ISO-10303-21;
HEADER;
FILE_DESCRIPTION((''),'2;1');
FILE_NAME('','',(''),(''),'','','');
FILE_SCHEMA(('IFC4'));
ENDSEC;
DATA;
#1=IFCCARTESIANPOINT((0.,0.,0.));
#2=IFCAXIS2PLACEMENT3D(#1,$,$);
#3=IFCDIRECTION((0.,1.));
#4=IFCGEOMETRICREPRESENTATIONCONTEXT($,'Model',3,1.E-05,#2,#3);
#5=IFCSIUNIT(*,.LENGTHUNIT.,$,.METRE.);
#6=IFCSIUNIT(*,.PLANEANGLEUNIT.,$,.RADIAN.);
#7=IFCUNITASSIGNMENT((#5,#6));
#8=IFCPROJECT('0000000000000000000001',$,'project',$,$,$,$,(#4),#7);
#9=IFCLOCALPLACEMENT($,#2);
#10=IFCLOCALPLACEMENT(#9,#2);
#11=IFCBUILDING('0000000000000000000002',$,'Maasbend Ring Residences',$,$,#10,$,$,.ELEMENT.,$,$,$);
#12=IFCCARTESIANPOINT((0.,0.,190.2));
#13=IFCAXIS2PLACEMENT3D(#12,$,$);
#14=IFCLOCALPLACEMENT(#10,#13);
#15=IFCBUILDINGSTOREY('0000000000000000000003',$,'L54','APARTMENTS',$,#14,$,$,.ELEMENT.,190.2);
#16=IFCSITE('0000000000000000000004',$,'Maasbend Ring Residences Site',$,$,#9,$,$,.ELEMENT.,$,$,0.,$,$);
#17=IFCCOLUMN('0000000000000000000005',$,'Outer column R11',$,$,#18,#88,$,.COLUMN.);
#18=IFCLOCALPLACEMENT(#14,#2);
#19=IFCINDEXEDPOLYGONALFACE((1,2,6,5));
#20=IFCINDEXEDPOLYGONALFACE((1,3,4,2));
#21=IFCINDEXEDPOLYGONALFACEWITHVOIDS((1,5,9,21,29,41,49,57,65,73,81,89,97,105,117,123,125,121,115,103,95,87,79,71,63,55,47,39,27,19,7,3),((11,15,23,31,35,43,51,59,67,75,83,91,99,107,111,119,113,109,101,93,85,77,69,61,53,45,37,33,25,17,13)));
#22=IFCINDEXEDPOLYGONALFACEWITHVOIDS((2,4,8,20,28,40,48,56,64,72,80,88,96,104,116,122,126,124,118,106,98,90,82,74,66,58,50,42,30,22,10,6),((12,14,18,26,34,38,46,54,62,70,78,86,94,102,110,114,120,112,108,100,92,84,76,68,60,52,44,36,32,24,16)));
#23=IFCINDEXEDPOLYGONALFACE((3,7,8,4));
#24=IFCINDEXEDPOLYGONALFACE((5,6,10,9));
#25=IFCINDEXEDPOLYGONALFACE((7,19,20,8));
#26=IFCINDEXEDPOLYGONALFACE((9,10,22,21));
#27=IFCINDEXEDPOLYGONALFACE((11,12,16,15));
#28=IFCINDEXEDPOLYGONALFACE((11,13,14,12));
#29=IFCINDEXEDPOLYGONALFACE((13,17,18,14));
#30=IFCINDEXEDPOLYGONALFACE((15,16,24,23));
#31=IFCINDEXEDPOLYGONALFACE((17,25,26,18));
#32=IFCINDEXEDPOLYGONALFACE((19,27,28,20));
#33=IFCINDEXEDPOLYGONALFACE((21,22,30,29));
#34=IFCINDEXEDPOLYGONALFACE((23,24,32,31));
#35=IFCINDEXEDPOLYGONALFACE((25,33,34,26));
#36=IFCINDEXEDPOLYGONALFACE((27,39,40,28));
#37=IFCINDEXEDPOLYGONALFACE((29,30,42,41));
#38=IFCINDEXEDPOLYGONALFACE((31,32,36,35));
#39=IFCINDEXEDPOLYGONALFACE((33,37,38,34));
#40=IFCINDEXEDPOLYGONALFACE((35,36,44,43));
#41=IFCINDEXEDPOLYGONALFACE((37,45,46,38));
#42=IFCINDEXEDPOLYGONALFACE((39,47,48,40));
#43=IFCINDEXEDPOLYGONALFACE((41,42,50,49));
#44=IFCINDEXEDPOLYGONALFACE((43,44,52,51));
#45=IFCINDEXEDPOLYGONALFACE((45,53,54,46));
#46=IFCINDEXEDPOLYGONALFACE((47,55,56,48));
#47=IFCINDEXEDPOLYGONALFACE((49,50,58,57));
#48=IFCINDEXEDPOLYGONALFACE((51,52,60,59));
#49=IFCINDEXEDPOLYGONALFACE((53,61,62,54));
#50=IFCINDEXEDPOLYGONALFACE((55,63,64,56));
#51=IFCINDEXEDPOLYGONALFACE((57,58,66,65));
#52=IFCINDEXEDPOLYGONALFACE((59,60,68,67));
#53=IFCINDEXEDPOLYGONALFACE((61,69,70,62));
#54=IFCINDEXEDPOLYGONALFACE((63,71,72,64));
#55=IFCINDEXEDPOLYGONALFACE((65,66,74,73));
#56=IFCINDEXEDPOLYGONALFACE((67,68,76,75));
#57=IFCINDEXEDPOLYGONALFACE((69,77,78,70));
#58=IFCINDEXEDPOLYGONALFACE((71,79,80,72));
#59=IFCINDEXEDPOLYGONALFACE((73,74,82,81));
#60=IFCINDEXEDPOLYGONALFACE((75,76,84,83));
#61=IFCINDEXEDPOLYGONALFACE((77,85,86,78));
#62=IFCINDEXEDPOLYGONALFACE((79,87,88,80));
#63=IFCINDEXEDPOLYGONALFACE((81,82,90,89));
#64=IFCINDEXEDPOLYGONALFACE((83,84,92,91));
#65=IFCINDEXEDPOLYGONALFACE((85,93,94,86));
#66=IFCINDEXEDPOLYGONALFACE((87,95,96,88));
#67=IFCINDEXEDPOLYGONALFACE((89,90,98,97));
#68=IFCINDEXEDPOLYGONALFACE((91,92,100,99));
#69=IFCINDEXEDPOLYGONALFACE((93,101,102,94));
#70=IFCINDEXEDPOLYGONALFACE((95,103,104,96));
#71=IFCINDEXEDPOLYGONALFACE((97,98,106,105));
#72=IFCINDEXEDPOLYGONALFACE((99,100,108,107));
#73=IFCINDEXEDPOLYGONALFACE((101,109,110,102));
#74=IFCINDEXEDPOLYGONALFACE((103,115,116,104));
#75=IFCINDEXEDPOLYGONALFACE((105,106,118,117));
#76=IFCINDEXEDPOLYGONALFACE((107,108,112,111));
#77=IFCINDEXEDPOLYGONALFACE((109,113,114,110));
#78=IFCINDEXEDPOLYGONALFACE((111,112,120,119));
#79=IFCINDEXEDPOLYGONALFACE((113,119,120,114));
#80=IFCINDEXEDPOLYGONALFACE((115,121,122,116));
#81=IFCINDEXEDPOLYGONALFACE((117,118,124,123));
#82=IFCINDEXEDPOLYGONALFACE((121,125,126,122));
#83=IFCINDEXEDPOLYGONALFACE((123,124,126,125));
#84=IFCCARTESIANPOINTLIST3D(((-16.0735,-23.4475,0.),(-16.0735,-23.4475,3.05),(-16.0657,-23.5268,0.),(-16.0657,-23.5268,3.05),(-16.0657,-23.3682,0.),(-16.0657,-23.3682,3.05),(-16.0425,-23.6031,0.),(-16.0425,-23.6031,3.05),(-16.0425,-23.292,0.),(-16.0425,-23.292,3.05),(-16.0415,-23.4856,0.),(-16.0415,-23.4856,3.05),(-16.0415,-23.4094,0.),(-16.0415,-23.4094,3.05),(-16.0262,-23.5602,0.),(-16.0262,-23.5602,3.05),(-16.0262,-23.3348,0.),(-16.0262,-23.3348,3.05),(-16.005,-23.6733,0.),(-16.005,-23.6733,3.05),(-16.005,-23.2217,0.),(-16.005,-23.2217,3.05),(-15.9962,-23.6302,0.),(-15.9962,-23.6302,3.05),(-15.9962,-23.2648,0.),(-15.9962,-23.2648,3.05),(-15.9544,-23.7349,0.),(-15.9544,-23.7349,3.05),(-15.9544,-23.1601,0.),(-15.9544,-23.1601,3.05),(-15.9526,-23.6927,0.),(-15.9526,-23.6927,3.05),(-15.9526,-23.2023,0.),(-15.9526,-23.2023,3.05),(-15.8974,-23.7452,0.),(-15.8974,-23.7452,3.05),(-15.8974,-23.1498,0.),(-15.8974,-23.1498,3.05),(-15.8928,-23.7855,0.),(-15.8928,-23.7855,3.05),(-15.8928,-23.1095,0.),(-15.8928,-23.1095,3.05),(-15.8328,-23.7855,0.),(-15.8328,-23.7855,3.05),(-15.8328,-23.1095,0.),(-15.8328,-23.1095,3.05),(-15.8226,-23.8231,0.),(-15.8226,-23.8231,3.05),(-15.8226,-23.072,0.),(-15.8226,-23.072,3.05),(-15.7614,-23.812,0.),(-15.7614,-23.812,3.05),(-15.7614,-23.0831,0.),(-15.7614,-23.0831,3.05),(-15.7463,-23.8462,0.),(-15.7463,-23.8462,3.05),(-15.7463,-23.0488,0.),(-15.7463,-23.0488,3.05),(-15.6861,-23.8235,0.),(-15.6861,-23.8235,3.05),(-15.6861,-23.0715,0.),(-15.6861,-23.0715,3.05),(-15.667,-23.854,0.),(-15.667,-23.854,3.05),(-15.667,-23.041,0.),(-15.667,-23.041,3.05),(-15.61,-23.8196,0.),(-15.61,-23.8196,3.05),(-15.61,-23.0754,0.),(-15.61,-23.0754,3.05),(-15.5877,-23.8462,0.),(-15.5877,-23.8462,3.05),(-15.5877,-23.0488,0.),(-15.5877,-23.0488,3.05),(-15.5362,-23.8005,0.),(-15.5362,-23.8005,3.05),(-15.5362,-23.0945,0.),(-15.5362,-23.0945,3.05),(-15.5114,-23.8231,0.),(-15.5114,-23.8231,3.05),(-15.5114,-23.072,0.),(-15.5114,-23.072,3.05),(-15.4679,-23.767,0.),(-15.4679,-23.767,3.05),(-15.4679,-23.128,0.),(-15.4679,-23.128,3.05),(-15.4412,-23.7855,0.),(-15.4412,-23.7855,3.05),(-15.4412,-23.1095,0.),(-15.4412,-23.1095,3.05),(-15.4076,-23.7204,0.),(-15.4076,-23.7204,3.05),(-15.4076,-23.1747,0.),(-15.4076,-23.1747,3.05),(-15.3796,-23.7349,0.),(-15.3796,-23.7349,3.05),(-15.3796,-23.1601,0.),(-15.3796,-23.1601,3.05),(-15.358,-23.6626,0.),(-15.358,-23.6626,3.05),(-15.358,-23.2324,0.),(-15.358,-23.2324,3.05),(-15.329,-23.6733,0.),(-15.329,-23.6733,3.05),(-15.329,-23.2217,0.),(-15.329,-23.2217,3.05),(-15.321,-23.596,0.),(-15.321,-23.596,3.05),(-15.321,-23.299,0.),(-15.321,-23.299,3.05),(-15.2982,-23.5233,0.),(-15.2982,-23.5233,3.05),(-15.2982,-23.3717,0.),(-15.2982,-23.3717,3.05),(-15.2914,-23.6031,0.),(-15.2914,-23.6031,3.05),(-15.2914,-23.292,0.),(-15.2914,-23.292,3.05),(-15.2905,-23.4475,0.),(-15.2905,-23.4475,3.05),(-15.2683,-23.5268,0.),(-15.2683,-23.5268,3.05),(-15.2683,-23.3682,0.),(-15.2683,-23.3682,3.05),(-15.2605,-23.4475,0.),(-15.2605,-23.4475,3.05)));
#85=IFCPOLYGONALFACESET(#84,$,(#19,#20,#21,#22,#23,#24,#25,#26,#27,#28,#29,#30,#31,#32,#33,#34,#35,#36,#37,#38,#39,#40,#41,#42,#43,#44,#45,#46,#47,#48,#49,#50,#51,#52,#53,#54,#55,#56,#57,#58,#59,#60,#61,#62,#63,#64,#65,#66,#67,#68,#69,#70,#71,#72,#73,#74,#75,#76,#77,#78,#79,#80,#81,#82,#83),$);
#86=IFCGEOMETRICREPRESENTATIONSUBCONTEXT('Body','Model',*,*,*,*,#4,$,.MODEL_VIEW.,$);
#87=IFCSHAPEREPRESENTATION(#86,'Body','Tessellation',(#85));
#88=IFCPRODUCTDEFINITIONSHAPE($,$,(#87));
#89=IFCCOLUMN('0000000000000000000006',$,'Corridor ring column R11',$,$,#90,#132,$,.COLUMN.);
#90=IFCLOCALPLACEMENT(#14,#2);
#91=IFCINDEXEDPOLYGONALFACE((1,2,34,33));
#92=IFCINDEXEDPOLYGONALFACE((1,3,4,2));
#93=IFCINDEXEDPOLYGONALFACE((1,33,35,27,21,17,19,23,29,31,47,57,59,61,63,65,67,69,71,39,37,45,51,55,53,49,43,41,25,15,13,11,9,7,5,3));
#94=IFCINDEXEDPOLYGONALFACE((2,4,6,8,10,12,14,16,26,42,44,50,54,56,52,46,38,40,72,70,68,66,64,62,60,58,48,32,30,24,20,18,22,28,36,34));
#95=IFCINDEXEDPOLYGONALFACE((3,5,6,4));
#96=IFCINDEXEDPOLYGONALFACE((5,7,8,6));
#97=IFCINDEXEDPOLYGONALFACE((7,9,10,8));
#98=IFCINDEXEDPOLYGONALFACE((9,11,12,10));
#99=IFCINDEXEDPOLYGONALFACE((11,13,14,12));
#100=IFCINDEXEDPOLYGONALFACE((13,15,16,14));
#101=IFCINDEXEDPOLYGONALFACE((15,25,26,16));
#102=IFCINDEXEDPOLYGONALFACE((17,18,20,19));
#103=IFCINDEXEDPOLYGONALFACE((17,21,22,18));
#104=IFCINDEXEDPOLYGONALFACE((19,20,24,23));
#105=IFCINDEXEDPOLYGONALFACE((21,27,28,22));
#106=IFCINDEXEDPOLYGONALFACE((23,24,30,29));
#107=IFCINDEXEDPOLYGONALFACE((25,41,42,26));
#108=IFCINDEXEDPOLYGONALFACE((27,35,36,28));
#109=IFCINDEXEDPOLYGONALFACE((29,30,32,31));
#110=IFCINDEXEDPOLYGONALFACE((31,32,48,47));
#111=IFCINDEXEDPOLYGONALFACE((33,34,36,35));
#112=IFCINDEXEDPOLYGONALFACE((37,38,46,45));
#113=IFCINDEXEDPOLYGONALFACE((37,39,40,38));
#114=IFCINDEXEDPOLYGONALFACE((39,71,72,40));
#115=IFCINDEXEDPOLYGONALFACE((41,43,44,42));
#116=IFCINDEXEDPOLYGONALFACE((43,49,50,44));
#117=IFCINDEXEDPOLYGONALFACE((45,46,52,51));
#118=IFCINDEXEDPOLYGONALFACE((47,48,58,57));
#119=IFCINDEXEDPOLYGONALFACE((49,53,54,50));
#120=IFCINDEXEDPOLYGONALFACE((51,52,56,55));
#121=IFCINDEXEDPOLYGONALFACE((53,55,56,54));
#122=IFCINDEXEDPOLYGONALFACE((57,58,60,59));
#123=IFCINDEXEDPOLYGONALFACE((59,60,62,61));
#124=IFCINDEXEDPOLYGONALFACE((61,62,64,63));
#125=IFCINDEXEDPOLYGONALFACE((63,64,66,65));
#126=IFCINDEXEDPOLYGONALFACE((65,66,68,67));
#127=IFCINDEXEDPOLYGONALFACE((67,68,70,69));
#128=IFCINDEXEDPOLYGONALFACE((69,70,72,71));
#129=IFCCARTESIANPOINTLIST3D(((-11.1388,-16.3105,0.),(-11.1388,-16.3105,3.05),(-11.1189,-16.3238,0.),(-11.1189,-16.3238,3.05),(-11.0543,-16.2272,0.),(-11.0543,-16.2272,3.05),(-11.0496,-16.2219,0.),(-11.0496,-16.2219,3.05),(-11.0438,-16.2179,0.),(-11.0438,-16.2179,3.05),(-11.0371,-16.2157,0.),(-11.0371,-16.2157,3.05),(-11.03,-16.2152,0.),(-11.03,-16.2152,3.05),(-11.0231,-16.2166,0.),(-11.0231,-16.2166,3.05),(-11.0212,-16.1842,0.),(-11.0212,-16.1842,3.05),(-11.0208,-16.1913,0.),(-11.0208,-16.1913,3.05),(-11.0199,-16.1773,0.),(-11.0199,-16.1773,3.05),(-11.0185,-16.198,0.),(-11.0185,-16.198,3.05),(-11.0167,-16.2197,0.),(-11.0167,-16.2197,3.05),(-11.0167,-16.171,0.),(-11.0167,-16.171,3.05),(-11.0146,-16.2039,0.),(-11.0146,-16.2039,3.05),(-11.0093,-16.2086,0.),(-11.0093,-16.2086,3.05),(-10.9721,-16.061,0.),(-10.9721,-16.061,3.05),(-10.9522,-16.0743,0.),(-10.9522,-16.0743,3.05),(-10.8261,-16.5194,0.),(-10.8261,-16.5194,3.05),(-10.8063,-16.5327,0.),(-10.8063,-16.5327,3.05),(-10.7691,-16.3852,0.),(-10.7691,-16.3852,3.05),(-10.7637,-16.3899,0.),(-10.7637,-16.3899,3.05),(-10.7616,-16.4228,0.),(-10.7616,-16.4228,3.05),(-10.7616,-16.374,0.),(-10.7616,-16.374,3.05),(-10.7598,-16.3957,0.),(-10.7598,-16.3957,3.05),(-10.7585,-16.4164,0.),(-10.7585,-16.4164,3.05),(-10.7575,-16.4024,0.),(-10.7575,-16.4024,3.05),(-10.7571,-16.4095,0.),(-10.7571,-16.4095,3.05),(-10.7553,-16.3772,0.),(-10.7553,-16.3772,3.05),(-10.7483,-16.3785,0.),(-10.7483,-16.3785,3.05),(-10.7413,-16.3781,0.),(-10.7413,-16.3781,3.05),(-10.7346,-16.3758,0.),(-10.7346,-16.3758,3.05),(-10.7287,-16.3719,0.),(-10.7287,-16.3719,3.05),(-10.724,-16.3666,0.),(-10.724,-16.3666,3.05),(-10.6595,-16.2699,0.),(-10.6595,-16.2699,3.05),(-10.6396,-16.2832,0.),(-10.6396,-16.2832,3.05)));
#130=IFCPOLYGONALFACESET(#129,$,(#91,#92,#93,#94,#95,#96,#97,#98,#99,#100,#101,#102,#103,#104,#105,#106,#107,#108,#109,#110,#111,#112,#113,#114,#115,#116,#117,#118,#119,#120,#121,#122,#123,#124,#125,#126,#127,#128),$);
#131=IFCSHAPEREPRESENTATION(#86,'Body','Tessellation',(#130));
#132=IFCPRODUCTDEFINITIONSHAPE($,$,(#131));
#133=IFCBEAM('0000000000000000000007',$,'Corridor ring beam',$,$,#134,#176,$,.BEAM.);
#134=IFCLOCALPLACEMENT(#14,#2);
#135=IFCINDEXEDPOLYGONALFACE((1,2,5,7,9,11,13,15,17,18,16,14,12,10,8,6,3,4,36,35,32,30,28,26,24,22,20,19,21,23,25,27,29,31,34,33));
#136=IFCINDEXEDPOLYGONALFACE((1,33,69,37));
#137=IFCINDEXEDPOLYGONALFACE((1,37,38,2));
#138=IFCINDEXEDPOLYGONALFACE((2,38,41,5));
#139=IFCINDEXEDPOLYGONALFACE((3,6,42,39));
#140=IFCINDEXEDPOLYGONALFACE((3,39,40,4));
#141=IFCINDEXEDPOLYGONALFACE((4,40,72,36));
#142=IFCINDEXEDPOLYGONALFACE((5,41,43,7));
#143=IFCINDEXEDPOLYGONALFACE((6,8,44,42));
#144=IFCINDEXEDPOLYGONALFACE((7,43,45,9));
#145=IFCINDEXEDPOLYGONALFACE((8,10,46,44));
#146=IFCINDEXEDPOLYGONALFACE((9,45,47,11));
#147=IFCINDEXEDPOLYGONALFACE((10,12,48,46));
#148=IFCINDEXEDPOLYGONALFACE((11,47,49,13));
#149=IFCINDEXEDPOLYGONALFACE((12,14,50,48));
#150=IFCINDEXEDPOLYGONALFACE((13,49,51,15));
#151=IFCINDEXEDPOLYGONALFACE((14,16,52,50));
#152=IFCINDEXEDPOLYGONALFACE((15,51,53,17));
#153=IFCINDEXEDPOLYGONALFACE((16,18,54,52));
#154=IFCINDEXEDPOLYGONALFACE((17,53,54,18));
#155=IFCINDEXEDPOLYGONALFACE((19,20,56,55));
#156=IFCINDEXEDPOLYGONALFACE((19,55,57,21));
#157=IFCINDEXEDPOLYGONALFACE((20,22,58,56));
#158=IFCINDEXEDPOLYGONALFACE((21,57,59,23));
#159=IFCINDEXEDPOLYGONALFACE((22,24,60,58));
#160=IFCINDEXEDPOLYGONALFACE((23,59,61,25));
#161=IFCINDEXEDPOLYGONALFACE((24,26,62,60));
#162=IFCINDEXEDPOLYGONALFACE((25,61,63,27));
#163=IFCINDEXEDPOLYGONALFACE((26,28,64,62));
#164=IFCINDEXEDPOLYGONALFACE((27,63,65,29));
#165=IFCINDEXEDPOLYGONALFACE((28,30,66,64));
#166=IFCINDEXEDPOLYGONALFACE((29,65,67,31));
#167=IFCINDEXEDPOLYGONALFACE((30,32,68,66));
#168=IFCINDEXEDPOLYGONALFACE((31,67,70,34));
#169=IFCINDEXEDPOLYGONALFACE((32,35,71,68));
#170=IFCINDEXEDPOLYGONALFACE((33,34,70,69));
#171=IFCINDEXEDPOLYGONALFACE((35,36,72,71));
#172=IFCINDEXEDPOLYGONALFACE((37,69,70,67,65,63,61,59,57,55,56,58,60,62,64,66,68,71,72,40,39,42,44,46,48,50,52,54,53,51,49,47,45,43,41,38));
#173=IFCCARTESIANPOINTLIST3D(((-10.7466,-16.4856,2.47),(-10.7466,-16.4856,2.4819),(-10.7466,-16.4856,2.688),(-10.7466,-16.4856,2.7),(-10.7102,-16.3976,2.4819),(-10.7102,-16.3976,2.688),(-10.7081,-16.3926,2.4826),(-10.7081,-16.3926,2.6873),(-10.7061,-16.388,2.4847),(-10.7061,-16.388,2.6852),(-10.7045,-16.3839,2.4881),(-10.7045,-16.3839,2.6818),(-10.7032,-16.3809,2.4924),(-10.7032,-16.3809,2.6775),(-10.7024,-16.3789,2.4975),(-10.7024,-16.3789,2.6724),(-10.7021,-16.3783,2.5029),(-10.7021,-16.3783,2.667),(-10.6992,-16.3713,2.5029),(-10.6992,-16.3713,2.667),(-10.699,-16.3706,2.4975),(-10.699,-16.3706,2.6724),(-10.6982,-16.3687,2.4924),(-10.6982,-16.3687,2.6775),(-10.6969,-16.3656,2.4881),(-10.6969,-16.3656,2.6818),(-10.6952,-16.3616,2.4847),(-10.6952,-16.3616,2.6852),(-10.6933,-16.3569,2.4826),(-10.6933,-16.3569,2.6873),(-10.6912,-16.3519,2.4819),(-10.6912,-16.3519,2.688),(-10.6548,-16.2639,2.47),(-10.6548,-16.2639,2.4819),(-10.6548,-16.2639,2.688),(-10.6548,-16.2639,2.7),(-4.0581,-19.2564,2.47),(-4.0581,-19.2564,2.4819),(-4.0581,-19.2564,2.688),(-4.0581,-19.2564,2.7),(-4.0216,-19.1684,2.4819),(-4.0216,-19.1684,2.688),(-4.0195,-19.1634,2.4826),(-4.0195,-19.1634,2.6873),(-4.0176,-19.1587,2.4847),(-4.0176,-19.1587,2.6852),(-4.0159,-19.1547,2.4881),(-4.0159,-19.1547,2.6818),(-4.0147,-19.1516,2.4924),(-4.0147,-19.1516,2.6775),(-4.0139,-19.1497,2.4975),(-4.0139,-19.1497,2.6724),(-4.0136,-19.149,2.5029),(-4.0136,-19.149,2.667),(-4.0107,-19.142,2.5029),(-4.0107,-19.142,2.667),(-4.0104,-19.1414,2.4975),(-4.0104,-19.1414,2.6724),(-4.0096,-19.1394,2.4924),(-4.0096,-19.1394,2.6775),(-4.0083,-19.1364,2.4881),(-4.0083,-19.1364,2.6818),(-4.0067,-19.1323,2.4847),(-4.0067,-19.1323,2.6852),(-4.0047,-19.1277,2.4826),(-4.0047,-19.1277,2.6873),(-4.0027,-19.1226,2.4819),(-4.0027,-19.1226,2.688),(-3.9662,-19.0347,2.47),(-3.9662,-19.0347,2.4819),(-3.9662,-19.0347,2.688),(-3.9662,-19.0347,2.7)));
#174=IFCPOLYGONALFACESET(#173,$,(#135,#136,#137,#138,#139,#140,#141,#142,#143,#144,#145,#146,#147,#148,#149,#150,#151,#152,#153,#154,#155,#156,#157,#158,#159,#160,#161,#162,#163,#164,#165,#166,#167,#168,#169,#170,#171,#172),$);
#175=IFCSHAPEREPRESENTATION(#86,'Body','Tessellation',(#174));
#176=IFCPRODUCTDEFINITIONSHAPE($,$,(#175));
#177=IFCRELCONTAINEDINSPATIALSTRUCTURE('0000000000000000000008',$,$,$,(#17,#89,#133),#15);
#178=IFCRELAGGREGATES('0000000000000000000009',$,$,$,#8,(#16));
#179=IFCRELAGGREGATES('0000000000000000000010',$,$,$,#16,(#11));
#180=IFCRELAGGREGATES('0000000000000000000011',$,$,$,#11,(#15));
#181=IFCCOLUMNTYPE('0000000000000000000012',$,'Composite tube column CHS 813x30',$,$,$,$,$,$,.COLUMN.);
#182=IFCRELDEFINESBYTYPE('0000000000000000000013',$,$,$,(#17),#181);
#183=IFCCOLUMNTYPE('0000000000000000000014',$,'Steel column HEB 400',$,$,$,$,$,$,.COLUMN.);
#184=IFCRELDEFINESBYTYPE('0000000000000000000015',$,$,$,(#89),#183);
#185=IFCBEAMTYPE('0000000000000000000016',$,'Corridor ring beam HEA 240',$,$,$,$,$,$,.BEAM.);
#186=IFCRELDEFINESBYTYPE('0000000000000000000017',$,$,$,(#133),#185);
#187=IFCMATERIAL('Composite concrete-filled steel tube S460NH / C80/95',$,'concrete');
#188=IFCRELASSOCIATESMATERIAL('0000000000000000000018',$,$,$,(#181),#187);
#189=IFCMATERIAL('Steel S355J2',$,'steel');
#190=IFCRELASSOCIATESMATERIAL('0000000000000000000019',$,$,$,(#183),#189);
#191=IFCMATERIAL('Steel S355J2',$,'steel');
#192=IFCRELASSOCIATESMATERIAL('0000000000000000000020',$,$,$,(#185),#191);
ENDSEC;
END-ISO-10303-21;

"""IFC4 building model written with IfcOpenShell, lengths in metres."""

from ifc_helpers import new_model, si_unit, direction, frame, origin, origin_2d, place, context, subcontext, project, spatial, hollow_circle, i_section, extrude, material, material_profile, profile_set, type_object, element, save


model = new_model("IFC4")

# Units and contexts
model_context = context("Model", 3, precision=1e-05, world=origin(), true_north=direction((0.0, 1.0)))
body_context = subcontext(model_context, "Body", "Model", "MODEL_VIEW")
ifc_project = project(units=[si_unit("LENGTHUNIT", "METRE"), si_unit("PLANEANGLEUNIT", "RADIAN")], contexts=[model_context])

# Site, building, storey
site_placement = place(None, origin())
site = spatial("IfcSite", under=ifc_project, at=site_placement, Name="Maasbend Ring Residences Site", CompositionType="ELEMENT", RefElevation=0.0)
building_placement = place(site_placement, origin())
building = spatial("IfcBuilding", under=site, at=building_placement, Name="Maasbend Ring Residences", CompositionType="ELEMENT")
storey_placement = place(building_placement, frame((0.0, 0.0, 190.2)))
storey = spatial("IfcBuildingStorey", under=building, at=storey_placement, Name="L54", Description="APARTMENTS", CompositionType="ELEMENT", Elevation=190.2)

# Columns
ifc_material_1 = material(Name="Composite concrete-filled steel tube S460NH / C80/95", Category="concrete")
ifc_material_profile_1 = material_profile(ifc_material_1, hollow_circle(Radius=0.4065, WallThickness=0.03, at=origin_2d()), Name="Composite tube column CHS 813x30")
ifc_profile_set_1 = profile_set([ifc_material_profile_1], Name="Composite concrete-filled steel tube S460NH / C80/95")
column_type_1 = type_object("IfcColumnType", Name="Composite tube column CHS 813x30", PredefinedType="COLUMN", material=ifc_profile_set_1)
column_1_placement = place(storey_placement, frame((-15.667, -23.4475, 0.0), z_axis=(0.0, 0.0, 1.0), x_axis=(1.0, 0.0, 0.0)))
element("IfcColumn", 1, at=column_1_placement, inside=storey, type_object=column_type_1, Name="Outer column R11", PredefinedType="COLUMN", context=body_context, shape_type="SweptSolid", body=[
    extrude(hollow_circle(Radius=0.4065, WallThickness=0.03, at=origin_2d()), origin(), (0.0, 0.0, 1.0), 3.05),
])
ifc_material_2 = material(Name="Steel S355J2", Category="steel")
ifc_material_profile_2 = material_profile(ifc_material_2, i_section(OverallWidth=0.3, OverallDepth=0.3999, WebThickness=0.0134, FlangeThickness=0.0239, FilletRadius=0.0271, at=origin_2d()), Name="HEB 400")
ifc_profile_set_2 = profile_set([ifc_material_profile_2], Name="Steel S355J2")
column_type_2 = type_object("IfcColumnType", Name="Steel column HEB 400", PredefinedType="COLUMN", material=ifc_profile_set_2)
column_2_placement = place(storey_placement, frame((-10.8892, -16.2969, 0.0), z_axis=(0.0, 0.0, 1.0), x_axis=(-0.55557, -0.83147, 0.0)))
element("IfcColumn", 2, at=column_2_placement, inside=storey, type_object=column_type_2, Name="Corridor ring column R11", PredefinedType="COLUMN", context=body_context, shape_type="SweptSolid", body=[
    extrude(i_section(OverallWidth=0.3, OverallDepth=0.3999, WebThickness=0.0134, FlangeThickness=0.0239, FilletRadius=0.0271, at=origin_2d()), origin(), (0.0, 0.0, 1.0), 3.05),
])

# Beam
ifc_material_3 = material(Name="Steel S355J2", Category="steel")
ifc_material_profile_3 = material_profile(ifc_material_3, i_section(OverallWidth=0.24, OverallDepth=0.23, WebThickness=0.0076, FlangeThickness=0.012, FilletRadius=0.021, at=origin_2d()), Name="HEA 240")
ifc_profile_set_3 = profile_set([ifc_material_profile_3], Name="Steel S355J2")
beam_type_1 = type_object("IfcBeamType", Name="Corridor ring beam HEA 240", PredefinedType="BEAM", material=ifc_profile_set_3)
beam_1_placement = place(storey_placement, frame((-10.7007, -16.3748, 2.585), z_axis=(0.923865, -0.382718, 0.0), x_axis=(0.382718, 0.923865, 0.0)))
element("IfcBeam", 3, at=beam_1_placement, inside=storey, type_object=beam_type_1, Name="Corridor ring beam", PredefinedType="BEAM", context=body_context, shape_type="SweptSolid", body=[
    extrude(i_section(OverallWidth=0.24, OverallDepth=0.23, WebThickness=0.0076, FlangeThickness=0.012, FilletRadius=0.021, at=origin_2d()), origin(), (0.0, 0.0, 1.0), 7.2397),
])

save(model, "model.ifc")
